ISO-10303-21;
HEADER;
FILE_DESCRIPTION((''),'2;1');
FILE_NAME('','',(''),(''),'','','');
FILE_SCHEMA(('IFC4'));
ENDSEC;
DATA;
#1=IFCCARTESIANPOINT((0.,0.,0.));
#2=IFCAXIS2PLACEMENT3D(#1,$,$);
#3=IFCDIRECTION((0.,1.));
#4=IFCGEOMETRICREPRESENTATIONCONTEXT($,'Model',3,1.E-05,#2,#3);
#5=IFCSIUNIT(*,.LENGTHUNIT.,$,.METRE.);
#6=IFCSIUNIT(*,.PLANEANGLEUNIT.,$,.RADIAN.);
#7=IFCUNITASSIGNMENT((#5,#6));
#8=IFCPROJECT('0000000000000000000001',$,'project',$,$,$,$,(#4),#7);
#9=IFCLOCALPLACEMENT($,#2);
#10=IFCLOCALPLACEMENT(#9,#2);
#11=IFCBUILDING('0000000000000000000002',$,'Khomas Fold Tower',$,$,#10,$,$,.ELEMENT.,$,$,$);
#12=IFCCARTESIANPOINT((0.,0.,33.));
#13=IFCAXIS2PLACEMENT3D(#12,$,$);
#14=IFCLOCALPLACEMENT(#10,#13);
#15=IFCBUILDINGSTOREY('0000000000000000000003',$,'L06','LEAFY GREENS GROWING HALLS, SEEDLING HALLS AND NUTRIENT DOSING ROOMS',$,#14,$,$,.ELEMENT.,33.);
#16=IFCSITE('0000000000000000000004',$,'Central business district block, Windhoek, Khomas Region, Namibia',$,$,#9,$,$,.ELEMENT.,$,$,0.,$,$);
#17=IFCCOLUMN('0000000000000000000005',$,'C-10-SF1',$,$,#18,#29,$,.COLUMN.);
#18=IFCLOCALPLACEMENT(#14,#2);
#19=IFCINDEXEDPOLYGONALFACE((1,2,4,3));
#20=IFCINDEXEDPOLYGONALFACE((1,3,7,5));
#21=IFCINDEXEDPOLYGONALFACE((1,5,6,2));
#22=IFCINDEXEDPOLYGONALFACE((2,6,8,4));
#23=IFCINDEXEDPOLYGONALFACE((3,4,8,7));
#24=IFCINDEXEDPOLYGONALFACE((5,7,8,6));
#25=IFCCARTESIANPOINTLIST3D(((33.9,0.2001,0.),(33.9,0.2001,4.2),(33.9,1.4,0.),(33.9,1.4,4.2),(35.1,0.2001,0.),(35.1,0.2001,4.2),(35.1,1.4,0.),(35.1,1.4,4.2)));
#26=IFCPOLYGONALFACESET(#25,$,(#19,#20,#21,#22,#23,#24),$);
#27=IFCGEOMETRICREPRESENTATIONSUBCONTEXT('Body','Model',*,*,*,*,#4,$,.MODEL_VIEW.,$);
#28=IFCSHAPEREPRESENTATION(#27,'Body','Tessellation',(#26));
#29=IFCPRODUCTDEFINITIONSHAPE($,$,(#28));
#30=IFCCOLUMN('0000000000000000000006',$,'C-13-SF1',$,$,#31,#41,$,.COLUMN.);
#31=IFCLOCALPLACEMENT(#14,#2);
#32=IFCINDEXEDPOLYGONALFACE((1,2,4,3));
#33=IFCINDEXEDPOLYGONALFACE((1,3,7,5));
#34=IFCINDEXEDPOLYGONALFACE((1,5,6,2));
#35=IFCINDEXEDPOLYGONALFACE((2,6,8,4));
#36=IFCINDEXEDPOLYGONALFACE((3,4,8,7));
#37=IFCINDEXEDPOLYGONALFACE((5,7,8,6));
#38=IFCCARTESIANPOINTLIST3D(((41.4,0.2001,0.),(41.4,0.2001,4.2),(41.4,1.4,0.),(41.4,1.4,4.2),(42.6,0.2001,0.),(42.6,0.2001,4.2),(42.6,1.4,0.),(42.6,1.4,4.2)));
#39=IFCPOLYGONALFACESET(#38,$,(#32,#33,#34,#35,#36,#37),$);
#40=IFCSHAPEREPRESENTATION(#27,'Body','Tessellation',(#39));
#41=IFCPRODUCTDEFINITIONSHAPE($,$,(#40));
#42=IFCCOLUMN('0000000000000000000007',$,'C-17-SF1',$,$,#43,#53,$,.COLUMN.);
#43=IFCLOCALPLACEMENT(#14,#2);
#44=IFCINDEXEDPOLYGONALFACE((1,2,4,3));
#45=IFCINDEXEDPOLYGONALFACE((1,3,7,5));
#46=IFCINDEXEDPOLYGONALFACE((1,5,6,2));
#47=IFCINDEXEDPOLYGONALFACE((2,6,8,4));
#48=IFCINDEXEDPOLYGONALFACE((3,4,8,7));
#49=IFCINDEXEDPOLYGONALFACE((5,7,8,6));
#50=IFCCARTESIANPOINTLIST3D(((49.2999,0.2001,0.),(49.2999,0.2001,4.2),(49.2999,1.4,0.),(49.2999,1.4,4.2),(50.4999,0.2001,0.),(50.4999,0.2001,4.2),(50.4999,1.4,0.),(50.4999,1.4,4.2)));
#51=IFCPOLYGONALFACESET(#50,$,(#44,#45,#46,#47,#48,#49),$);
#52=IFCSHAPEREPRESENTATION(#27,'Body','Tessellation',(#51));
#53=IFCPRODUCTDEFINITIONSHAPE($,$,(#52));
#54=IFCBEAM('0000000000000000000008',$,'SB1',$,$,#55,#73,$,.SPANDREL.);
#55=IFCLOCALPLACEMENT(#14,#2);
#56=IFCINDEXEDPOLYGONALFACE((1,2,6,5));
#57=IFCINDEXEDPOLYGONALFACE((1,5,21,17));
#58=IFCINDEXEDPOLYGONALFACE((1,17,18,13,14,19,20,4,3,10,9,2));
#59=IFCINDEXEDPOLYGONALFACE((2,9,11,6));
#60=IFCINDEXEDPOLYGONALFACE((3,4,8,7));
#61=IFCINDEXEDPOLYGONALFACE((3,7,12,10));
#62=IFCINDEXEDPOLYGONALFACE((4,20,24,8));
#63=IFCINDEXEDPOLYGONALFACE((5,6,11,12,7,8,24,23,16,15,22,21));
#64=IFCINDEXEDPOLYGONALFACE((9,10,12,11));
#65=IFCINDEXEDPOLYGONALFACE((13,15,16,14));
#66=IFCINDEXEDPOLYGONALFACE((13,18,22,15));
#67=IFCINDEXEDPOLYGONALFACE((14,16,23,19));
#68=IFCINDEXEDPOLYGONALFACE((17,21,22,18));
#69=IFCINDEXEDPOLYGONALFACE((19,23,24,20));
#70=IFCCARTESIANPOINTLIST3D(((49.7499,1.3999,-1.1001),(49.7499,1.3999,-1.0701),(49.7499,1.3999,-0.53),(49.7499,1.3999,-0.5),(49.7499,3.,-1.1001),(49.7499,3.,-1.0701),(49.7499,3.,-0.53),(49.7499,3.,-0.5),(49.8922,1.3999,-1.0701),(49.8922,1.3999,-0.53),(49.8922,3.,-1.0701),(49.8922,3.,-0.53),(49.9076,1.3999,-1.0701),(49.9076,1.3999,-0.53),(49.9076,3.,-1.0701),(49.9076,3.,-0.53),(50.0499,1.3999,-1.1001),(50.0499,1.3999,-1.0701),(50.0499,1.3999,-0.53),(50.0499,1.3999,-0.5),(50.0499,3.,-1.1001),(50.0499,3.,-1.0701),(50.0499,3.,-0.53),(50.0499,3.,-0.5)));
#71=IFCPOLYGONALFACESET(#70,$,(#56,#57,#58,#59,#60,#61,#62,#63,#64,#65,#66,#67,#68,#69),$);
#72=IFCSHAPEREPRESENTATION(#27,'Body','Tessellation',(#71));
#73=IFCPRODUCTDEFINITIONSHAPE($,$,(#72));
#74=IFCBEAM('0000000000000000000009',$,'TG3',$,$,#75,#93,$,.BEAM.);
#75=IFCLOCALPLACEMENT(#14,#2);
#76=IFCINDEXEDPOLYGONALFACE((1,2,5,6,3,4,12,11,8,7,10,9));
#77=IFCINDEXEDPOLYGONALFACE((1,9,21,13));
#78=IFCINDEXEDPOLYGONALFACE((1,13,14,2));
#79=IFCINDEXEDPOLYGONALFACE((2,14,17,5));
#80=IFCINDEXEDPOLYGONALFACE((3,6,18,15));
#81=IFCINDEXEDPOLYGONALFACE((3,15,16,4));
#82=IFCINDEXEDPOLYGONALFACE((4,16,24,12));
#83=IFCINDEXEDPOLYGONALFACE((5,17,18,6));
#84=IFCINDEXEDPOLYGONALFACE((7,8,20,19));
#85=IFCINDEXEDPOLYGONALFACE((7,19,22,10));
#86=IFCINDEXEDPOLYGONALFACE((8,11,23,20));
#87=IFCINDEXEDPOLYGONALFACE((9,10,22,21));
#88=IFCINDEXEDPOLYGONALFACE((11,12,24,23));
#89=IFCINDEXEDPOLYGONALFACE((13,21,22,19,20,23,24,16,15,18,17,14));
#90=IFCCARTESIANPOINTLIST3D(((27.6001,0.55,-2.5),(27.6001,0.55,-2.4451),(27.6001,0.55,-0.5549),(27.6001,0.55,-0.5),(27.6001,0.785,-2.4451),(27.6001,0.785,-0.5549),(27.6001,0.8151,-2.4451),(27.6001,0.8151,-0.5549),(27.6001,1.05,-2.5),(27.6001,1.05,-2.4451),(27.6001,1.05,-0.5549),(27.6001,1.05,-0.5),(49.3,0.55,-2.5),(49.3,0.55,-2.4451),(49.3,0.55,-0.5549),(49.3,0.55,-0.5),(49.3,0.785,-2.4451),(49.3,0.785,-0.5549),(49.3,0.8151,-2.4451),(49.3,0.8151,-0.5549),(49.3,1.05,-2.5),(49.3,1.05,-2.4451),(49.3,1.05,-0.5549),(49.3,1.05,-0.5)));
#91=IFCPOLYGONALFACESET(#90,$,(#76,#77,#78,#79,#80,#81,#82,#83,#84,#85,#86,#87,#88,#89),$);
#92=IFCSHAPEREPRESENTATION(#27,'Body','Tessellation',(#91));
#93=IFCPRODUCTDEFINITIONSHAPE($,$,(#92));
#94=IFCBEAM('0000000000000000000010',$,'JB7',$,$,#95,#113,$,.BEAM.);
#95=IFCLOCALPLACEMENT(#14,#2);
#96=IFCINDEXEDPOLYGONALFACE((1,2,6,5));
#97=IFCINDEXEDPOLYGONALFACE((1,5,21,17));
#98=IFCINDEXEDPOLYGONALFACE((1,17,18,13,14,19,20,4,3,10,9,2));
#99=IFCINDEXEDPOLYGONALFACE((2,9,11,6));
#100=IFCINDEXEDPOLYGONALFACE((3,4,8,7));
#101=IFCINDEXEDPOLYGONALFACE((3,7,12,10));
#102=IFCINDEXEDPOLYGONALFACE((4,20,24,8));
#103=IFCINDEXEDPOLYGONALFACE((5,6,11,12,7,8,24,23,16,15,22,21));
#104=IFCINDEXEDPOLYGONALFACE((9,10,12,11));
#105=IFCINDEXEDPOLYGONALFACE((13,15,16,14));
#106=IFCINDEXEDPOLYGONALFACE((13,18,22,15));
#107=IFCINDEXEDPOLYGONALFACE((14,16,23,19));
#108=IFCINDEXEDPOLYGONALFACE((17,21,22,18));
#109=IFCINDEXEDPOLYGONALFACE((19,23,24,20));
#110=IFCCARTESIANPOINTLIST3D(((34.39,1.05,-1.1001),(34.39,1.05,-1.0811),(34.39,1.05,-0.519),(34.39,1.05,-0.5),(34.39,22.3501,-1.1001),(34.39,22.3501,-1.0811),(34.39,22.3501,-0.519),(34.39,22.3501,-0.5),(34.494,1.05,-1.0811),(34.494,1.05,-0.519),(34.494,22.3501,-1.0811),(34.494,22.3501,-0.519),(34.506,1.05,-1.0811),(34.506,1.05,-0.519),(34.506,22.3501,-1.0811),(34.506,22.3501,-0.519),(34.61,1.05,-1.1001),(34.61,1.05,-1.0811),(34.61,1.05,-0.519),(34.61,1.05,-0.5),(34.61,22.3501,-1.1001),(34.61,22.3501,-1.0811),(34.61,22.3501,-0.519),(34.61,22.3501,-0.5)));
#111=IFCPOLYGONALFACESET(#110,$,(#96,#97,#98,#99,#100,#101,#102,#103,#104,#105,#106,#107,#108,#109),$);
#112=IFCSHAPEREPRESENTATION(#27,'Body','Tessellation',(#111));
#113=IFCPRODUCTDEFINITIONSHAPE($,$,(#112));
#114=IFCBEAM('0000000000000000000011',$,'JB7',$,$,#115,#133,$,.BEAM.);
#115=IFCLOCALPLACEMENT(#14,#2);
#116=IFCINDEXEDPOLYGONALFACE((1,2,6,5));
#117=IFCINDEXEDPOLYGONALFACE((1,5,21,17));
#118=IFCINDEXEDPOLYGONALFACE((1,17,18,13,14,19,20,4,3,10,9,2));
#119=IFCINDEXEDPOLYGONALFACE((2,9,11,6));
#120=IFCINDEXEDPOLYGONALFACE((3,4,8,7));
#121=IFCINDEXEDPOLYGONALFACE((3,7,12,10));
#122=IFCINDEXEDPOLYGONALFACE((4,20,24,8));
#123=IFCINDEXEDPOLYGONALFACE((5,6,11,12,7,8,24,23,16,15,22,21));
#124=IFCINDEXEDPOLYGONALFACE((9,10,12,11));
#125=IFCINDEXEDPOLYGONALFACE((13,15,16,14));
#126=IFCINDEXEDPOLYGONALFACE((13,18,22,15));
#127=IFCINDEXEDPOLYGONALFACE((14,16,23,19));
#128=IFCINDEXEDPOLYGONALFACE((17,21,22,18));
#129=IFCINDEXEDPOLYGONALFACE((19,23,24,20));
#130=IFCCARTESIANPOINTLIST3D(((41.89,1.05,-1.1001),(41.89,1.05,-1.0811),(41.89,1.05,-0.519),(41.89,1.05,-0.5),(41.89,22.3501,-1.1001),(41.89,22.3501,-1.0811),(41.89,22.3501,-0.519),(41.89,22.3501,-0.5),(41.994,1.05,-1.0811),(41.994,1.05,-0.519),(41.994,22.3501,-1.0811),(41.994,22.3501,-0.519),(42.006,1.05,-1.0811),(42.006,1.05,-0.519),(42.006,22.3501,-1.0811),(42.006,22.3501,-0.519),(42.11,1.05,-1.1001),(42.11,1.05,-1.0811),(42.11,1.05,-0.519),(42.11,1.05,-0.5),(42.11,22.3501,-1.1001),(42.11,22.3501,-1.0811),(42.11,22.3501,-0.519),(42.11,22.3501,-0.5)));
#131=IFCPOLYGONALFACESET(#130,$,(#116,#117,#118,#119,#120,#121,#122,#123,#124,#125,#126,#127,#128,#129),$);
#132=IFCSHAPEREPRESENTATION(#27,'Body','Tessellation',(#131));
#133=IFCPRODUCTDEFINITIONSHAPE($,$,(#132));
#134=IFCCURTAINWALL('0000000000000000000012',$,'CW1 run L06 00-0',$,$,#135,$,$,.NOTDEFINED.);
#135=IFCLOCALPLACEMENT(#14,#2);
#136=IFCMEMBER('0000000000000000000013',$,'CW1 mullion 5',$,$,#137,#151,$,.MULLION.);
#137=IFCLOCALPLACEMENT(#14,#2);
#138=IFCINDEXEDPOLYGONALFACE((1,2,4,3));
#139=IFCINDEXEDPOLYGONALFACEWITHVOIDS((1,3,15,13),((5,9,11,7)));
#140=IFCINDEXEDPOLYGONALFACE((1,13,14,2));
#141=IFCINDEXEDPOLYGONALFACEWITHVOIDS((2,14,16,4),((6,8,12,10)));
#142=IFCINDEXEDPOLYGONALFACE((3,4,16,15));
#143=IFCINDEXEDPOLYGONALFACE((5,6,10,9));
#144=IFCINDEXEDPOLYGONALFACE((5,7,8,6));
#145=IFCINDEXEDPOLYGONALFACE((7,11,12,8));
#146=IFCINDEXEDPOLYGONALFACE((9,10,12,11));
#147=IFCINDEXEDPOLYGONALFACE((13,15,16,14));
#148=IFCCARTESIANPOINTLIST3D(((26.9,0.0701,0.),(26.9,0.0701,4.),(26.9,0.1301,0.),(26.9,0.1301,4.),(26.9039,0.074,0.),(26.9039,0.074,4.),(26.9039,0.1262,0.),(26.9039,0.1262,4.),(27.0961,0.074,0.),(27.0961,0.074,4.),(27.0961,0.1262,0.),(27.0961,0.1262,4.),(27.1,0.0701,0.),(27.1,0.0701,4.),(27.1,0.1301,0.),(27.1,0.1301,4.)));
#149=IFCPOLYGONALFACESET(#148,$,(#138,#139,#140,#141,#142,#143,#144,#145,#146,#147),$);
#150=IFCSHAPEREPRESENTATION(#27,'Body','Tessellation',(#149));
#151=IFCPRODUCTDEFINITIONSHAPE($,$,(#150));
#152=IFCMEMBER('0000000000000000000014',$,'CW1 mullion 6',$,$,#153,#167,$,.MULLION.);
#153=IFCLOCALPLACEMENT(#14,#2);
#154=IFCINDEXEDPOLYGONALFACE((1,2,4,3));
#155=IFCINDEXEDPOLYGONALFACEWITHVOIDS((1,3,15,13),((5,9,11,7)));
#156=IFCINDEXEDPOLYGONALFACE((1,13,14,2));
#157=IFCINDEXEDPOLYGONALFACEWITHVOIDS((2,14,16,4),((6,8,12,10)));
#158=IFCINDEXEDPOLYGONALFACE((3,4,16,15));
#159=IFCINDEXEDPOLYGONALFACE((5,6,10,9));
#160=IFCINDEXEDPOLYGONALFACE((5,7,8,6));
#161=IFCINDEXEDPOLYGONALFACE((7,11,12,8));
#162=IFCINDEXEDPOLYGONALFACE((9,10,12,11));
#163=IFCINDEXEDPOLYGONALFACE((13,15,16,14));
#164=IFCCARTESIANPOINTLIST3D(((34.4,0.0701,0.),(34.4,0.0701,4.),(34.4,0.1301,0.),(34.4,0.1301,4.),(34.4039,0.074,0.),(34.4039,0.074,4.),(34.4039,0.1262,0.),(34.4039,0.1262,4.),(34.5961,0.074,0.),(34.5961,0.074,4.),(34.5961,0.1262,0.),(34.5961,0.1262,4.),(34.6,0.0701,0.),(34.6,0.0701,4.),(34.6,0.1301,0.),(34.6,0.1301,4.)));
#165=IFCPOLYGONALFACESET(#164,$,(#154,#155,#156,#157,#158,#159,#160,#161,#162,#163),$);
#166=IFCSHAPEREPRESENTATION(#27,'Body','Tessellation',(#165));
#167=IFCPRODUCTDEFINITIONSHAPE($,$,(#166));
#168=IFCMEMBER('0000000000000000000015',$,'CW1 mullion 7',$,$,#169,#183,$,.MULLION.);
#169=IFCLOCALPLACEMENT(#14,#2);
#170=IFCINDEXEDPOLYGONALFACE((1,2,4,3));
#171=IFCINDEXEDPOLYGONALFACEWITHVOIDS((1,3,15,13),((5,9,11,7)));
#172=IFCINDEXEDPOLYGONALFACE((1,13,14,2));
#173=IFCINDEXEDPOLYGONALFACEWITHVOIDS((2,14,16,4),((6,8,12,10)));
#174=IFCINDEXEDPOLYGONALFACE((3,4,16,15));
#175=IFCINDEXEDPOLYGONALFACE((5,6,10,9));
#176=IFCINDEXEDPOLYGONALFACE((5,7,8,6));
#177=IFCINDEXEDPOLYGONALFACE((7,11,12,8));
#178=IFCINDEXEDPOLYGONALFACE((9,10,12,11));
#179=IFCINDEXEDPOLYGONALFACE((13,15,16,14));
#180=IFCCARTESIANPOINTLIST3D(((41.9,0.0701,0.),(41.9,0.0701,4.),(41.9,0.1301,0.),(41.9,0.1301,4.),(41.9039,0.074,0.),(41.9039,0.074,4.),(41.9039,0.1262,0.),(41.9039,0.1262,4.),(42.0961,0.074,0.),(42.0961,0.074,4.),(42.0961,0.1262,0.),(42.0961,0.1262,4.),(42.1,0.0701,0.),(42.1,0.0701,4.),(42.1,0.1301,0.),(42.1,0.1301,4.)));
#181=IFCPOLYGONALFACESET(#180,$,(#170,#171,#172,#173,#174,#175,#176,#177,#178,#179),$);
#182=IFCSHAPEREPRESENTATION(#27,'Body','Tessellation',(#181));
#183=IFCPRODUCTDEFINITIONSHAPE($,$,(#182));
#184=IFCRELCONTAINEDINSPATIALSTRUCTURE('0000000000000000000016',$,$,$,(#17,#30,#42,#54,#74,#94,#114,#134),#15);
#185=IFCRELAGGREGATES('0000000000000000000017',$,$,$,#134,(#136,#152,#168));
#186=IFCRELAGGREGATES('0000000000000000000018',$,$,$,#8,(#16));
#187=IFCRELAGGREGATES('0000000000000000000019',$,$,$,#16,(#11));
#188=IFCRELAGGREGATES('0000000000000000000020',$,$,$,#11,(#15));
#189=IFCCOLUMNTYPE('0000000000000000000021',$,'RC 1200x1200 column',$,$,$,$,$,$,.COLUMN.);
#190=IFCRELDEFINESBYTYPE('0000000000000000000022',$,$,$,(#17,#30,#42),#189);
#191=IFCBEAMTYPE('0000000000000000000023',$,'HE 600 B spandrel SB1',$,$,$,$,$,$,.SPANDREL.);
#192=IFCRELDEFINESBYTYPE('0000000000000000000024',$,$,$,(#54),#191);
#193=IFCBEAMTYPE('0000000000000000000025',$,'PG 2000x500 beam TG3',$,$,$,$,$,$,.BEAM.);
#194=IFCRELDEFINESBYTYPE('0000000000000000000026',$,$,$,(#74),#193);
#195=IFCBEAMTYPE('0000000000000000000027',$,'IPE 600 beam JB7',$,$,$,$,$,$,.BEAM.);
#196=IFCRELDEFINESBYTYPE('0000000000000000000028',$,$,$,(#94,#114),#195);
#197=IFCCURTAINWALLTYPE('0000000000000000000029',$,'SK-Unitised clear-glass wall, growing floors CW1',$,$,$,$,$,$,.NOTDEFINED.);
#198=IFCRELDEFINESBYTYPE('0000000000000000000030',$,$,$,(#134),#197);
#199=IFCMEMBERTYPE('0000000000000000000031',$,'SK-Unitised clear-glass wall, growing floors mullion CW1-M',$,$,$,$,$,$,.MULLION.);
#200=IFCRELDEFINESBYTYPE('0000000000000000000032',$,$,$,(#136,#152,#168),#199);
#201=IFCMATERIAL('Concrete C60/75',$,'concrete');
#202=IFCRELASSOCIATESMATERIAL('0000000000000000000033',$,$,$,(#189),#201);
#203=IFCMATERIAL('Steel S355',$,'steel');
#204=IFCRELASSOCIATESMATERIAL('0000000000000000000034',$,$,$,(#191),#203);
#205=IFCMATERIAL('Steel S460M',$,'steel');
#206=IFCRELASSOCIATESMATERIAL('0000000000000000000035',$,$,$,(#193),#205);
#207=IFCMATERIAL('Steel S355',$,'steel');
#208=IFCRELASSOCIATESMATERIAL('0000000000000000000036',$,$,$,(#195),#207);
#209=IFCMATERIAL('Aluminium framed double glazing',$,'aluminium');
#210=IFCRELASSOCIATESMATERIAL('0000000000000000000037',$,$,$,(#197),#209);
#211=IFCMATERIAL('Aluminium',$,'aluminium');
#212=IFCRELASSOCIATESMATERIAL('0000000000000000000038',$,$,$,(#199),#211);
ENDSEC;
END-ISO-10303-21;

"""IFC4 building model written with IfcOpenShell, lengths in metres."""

from ifc_helpers import new_model, si_unit, direction, frame, origin, origin_2d, place, context, subcontext, project, spatial, rectangle, hollow_rectangle, i_section, extrude, source, transform, mapped, material, material_profile, profile_set, type_object, element, aggregate, save


model = new_model("IFC4")

# Units and contexts
model_context = context("Model", 3, precision=1e-05, world=origin(), true_north=direction((0.0, 1.0)))
body_context = subcontext(model_context, "Body", "Model", "MODEL_VIEW")
ifc_project = project(units=[si_unit("LENGTHUNIT", "METRE"), si_unit("PLANEANGLEUNIT", "RADIAN")], contexts=[model_context])

# Site, building, storey
site_placement = place(None, origin())
site = spatial("IfcSite", under=ifc_project, at=site_placement, Name="Central business district block, Windhoek, Khomas Region, Namibia", CompositionType="ELEMENT", RefElevation=0.0)
building_placement = place(site_placement, origin())
building = spatial("IfcBuilding", under=site, at=building_placement, Name="Khomas Fold Tower", CompositionType="ELEMENT")
storey_placement = place(building_placement, frame((0.0, 0.0, 33.0)))
storey = spatial("IfcBuildingStorey", under=building, at=storey_placement, Name="L06", Description="LEAFY GREENS GROWING HALLS, SEEDLING HALLS AND NUTRIENT DOSING ROOMS", CompositionType="ELEMENT", Elevation=33.0)

# Columns
ifc_material_1 = material(Name="Concrete C60/75", Category="concrete")
ifc_material_profile_1 = material_profile(ifc_material_1, rectangle(XDim=1.2, YDim=1.2, at=origin_2d()), Name="RC 1200x1200")
ifc_profile_set_1 = profile_set([ifc_material_profile_1], Name="Concrete C60/75")
column_type = type_object("IfcColumnType", Name="RC 1200x1200 column", PredefinedType="COLUMN", material=ifc_profile_set_1)
shared_shape_1 = source(origin(), body_context, "Body", "SweptSolid", [
    extrude(rectangle(XDim=1.2, YDim=1.2, at=origin_2d()), origin(), (0.0, 0.0, 1.0), 4.2),
])
for number, where, z_axis, x_axis, name in (
    (1, (34.5, 0.8, 0.0), (0.0, 0.0, 1.0), (1.0, 0.0, 0.0), "C-10-SF1"),
    (2, (42.0, 0.8, 0.0), (0.0, 0.0, 1.0), (1.0, 0.0, 0.0), "C-13-SF1"),
    (3, (49.8999, 0.8, 0.0), (0.0, 0.0, 1.0), (1.0, 0.0, 0.0), "C-17-SF1"),
):
    element("IfcColumn", number, at=place(storey_placement, frame(where, z_axis=z_axis, x_axis=x_axis)), inside=storey, type_object=column_type, Name=name, PredefinedType="COLUMN", context=body_context, shape_type="MappedRepresentation", body=[
        mapped(shared_shape_1, transform((0.0, 0.0, 0.0))),
    ])

# Beams
ifc_material_2 = material(Name="Steel S355", Category="steel")
ifc_material_profile_2 = material_profile(ifc_material_2, i_section(OverallWidth=0.3, OverallDepth=0.6001, WebThickness=0.0154, FlangeThickness=0.03, at=origin_2d()), Name="HE 600 B")
ifc_profile_set_2 = profile_set([ifc_material_profile_2], Name="Steel S355")
beam_type_1 = type_object("IfcBeamType", Name="HE 600 B spandrel SB1", PredefinedType="SPANDREL", material=ifc_profile_set_2)
shared_shape_2 = source(origin(), body_context, "Body", "SweptSolid", [
    extrude(i_section(OverallWidth=0.3, OverallDepth=0.6001, WebThickness=0.0154, FlangeThickness=0.03, at=origin_2d()), origin(), (0.0, 0.0, 1.0), 1.6001),
])
beam_1_placement = place(storey_placement, frame((49.8999, 1.3999, -0.8), z_axis=(0.0, 1.0, 0.0), x_axis=(-1.0, 0.0, 0.0)))
element("IfcBeam", 4, at=beam_1_placement, inside=storey, type_object=beam_type_1, Name="SB1", PredefinedType="SPANDREL", context=body_context, shape_type="MappedRepresentation", body=[
    mapped(shared_shape_2, transform((0.0, 0.0, 0.0))),
])
ifc_material_3 = material(Name="Steel S460M", Category="steel")
ifc_material_profile_3 = material_profile(ifc_material_3, i_section(OverallWidth=0.5, OverallDepth=2.0, WebThickness=0.03, FlangeThickness=0.0549, at=origin_2d()), Name="PG 2000x500")
ifc_profile_set_3 = profile_set([ifc_material_profile_3], Name="Steel S460M")
beam_type_2 = type_object("IfcBeamType", Name="PG 2000x500 beam TG3", PredefinedType="BEAM", material=ifc_profile_set_3)
shared_shape_3 = source(origin(), body_context, "Body", "SweptSolid", [
    extrude(i_section(OverallWidth=0.5, OverallDepth=2.0, WebThickness=0.03, FlangeThickness=0.0549, at=origin_2d()), origin(), (0.0, 0.0, 1.0), 21.7),
])
beam_2_placement = place(storey_placement, frame((27.6001, 0.8, -1.5), z_axis=(1.0, 0.0, 0.0), x_axis=(0.0, 1.0, 0.0)))
element("IfcBeam", 5, at=beam_2_placement, inside=storey, type_object=beam_type_2, Name="TG3", PredefinedType="BEAM", context=body_context, shape_type="MappedRepresentation", body=[
    mapped(shared_shape_3, transform((0.0, 0.0, 0.0))),
])
ifc_material_4 = material(Name="Steel S355", Category="steel")
ifc_material_profile_4 = material_profile(ifc_material_4, i_section(OverallWidth=0.22, OverallDepth=0.6001, WebThickness=0.012, FlangeThickness=0.019, at=origin_2d()), Name="IPE 600")
ifc_profile_set_4 = profile_set([ifc_material_profile_4], Name="Steel S355")
beam_type_3 = type_object("IfcBeamType", Name="IPE 600 beam JB7", PredefinedType="BEAM", material=ifc_profile_set_4)
shared_shape_4 = source(origin(), body_context, "Body", "SweptSolid", [
    extrude(i_section(OverallWidth=0.22, OverallDepth=0.6001, WebThickness=0.012, FlangeThickness=0.019, at=origin_2d()), origin(), (0.0, 0.0, 1.0), 21.3),
])
for number, where, z_axis, x_axis, name in (
    (6, (34.5, 1.05, -0.8), (0.0, 1.0, 0.0), (-1.0, 0.0, 0.0), "JB7"),
    (7, (42.0, 1.05, -0.8), (0.0, 1.0, 0.0), (-1.0, 0.0, 0.0), "JB7"),
):
    element("IfcBeam", number, at=place(storey_placement, frame(where, z_axis=z_axis, x_axis=x_axis)), inside=storey, type_object=beam_type_3, Name=name, PredefinedType="BEAM", context=body_context, shape_type="MappedRepresentation", body=[
        mapped(shared_shape_4, transform((0.0, 0.0, 0.0))),
    ])

# Curtain wall, members
ifc_material_5 = material(Name="Aluminium framed double glazing", Category="aluminium")
curtain_wall_type = type_object("IfcCurtainWallType", Name="SK-Unitised clear-glass wall, growing floors CW1", PredefinedType="NOTDEFINED", material=ifc_material_5)
curtain_wall_1_placement = place(storey_placement, origin())
curtain_wall_1 = element("IfcCurtainWall", 8, at=curtain_wall_1_placement, inside=storey, type_object=curtain_wall_type, Name="CW1 run L06 00-0", PredefinedType="NOTDEFINED")
ifc_material_6 = material(Name="Aluminium", Category="aluminium")
ifc_material_profile_5 = material_profile(ifc_material_6, hollow_rectangle(XDim=0.0601, YDim=0.2, WallThickness=0.0039, at=origin_2d()), Name="SK-Unitised clear-glass wall, growing floors mullion CW1-M")
ifc_profile_set_5 = profile_set([ifc_material_profile_5], Name="Aluminium")
member_type_1 = type_object("IfcMemberType", Name="SK-Unitised clear-glass wall, growing floors mullion CW1-M", PredefinedType="MULLION", material=ifc_profile_set_5)
shared_shape_5 = source(origin(), body_context, "Body", "SweptSolid", [
    extrude(hollow_rectangle(XDim=0.0601, YDim=0.2, WallThickness=0.0039, at=origin_2d()), origin(), (0.0, 0.0, 1.0), 4.0),
])
member_1_placement = place(storey_placement, frame((27.0, 0.1001, 0.0), z_axis=(0.0, 0.0, 1.0), x_axis=(0.0, 1.0, 0.0)))
member_1 = element("IfcMember", 9, at=member_1_placement, type_object=member_type_1, Name="CW1 mullion 5", PredefinedType="MULLION", context=body_context, shape_type="MappedRepresentation", body=[
    mapped(shared_shape_5, transform((0.0, 0.0, 0.0))),
])
member_2_placement = place(storey_placement, frame((34.5, 0.1001, 0.0), z_axis=(0.0, 0.0, 1.0), x_axis=(0.0, 1.0, 0.0)))
member_2 = element("IfcMember", 10, at=member_2_placement, type_object=member_type_1, Name="CW1 mullion 6", PredefinedType="MULLION", context=body_context, shape_type="MappedRepresentation", body=[
    mapped(shared_shape_5, transform((0.0, 0.0, 0.0))),
])
member_3_placement = place(storey_placement, frame((42.0, 0.1001, 0.0), z_axis=(0.0, 0.0, 1.0), x_axis=(0.0, 1.0, 0.0)))
member_3 = element("IfcMember", 11, at=member_3_placement, type_object=member_type_1, Name="CW1 mullion 7", PredefinedType="MULLION", context=body_context, shape_type="MappedRepresentation", body=[
    mapped(shared_shape_5, transform((0.0, 0.0, 0.0))),
])

aggregate(curtain_wall_1, [member_1, member_2, member_3])

save(model, "model.ifc")
